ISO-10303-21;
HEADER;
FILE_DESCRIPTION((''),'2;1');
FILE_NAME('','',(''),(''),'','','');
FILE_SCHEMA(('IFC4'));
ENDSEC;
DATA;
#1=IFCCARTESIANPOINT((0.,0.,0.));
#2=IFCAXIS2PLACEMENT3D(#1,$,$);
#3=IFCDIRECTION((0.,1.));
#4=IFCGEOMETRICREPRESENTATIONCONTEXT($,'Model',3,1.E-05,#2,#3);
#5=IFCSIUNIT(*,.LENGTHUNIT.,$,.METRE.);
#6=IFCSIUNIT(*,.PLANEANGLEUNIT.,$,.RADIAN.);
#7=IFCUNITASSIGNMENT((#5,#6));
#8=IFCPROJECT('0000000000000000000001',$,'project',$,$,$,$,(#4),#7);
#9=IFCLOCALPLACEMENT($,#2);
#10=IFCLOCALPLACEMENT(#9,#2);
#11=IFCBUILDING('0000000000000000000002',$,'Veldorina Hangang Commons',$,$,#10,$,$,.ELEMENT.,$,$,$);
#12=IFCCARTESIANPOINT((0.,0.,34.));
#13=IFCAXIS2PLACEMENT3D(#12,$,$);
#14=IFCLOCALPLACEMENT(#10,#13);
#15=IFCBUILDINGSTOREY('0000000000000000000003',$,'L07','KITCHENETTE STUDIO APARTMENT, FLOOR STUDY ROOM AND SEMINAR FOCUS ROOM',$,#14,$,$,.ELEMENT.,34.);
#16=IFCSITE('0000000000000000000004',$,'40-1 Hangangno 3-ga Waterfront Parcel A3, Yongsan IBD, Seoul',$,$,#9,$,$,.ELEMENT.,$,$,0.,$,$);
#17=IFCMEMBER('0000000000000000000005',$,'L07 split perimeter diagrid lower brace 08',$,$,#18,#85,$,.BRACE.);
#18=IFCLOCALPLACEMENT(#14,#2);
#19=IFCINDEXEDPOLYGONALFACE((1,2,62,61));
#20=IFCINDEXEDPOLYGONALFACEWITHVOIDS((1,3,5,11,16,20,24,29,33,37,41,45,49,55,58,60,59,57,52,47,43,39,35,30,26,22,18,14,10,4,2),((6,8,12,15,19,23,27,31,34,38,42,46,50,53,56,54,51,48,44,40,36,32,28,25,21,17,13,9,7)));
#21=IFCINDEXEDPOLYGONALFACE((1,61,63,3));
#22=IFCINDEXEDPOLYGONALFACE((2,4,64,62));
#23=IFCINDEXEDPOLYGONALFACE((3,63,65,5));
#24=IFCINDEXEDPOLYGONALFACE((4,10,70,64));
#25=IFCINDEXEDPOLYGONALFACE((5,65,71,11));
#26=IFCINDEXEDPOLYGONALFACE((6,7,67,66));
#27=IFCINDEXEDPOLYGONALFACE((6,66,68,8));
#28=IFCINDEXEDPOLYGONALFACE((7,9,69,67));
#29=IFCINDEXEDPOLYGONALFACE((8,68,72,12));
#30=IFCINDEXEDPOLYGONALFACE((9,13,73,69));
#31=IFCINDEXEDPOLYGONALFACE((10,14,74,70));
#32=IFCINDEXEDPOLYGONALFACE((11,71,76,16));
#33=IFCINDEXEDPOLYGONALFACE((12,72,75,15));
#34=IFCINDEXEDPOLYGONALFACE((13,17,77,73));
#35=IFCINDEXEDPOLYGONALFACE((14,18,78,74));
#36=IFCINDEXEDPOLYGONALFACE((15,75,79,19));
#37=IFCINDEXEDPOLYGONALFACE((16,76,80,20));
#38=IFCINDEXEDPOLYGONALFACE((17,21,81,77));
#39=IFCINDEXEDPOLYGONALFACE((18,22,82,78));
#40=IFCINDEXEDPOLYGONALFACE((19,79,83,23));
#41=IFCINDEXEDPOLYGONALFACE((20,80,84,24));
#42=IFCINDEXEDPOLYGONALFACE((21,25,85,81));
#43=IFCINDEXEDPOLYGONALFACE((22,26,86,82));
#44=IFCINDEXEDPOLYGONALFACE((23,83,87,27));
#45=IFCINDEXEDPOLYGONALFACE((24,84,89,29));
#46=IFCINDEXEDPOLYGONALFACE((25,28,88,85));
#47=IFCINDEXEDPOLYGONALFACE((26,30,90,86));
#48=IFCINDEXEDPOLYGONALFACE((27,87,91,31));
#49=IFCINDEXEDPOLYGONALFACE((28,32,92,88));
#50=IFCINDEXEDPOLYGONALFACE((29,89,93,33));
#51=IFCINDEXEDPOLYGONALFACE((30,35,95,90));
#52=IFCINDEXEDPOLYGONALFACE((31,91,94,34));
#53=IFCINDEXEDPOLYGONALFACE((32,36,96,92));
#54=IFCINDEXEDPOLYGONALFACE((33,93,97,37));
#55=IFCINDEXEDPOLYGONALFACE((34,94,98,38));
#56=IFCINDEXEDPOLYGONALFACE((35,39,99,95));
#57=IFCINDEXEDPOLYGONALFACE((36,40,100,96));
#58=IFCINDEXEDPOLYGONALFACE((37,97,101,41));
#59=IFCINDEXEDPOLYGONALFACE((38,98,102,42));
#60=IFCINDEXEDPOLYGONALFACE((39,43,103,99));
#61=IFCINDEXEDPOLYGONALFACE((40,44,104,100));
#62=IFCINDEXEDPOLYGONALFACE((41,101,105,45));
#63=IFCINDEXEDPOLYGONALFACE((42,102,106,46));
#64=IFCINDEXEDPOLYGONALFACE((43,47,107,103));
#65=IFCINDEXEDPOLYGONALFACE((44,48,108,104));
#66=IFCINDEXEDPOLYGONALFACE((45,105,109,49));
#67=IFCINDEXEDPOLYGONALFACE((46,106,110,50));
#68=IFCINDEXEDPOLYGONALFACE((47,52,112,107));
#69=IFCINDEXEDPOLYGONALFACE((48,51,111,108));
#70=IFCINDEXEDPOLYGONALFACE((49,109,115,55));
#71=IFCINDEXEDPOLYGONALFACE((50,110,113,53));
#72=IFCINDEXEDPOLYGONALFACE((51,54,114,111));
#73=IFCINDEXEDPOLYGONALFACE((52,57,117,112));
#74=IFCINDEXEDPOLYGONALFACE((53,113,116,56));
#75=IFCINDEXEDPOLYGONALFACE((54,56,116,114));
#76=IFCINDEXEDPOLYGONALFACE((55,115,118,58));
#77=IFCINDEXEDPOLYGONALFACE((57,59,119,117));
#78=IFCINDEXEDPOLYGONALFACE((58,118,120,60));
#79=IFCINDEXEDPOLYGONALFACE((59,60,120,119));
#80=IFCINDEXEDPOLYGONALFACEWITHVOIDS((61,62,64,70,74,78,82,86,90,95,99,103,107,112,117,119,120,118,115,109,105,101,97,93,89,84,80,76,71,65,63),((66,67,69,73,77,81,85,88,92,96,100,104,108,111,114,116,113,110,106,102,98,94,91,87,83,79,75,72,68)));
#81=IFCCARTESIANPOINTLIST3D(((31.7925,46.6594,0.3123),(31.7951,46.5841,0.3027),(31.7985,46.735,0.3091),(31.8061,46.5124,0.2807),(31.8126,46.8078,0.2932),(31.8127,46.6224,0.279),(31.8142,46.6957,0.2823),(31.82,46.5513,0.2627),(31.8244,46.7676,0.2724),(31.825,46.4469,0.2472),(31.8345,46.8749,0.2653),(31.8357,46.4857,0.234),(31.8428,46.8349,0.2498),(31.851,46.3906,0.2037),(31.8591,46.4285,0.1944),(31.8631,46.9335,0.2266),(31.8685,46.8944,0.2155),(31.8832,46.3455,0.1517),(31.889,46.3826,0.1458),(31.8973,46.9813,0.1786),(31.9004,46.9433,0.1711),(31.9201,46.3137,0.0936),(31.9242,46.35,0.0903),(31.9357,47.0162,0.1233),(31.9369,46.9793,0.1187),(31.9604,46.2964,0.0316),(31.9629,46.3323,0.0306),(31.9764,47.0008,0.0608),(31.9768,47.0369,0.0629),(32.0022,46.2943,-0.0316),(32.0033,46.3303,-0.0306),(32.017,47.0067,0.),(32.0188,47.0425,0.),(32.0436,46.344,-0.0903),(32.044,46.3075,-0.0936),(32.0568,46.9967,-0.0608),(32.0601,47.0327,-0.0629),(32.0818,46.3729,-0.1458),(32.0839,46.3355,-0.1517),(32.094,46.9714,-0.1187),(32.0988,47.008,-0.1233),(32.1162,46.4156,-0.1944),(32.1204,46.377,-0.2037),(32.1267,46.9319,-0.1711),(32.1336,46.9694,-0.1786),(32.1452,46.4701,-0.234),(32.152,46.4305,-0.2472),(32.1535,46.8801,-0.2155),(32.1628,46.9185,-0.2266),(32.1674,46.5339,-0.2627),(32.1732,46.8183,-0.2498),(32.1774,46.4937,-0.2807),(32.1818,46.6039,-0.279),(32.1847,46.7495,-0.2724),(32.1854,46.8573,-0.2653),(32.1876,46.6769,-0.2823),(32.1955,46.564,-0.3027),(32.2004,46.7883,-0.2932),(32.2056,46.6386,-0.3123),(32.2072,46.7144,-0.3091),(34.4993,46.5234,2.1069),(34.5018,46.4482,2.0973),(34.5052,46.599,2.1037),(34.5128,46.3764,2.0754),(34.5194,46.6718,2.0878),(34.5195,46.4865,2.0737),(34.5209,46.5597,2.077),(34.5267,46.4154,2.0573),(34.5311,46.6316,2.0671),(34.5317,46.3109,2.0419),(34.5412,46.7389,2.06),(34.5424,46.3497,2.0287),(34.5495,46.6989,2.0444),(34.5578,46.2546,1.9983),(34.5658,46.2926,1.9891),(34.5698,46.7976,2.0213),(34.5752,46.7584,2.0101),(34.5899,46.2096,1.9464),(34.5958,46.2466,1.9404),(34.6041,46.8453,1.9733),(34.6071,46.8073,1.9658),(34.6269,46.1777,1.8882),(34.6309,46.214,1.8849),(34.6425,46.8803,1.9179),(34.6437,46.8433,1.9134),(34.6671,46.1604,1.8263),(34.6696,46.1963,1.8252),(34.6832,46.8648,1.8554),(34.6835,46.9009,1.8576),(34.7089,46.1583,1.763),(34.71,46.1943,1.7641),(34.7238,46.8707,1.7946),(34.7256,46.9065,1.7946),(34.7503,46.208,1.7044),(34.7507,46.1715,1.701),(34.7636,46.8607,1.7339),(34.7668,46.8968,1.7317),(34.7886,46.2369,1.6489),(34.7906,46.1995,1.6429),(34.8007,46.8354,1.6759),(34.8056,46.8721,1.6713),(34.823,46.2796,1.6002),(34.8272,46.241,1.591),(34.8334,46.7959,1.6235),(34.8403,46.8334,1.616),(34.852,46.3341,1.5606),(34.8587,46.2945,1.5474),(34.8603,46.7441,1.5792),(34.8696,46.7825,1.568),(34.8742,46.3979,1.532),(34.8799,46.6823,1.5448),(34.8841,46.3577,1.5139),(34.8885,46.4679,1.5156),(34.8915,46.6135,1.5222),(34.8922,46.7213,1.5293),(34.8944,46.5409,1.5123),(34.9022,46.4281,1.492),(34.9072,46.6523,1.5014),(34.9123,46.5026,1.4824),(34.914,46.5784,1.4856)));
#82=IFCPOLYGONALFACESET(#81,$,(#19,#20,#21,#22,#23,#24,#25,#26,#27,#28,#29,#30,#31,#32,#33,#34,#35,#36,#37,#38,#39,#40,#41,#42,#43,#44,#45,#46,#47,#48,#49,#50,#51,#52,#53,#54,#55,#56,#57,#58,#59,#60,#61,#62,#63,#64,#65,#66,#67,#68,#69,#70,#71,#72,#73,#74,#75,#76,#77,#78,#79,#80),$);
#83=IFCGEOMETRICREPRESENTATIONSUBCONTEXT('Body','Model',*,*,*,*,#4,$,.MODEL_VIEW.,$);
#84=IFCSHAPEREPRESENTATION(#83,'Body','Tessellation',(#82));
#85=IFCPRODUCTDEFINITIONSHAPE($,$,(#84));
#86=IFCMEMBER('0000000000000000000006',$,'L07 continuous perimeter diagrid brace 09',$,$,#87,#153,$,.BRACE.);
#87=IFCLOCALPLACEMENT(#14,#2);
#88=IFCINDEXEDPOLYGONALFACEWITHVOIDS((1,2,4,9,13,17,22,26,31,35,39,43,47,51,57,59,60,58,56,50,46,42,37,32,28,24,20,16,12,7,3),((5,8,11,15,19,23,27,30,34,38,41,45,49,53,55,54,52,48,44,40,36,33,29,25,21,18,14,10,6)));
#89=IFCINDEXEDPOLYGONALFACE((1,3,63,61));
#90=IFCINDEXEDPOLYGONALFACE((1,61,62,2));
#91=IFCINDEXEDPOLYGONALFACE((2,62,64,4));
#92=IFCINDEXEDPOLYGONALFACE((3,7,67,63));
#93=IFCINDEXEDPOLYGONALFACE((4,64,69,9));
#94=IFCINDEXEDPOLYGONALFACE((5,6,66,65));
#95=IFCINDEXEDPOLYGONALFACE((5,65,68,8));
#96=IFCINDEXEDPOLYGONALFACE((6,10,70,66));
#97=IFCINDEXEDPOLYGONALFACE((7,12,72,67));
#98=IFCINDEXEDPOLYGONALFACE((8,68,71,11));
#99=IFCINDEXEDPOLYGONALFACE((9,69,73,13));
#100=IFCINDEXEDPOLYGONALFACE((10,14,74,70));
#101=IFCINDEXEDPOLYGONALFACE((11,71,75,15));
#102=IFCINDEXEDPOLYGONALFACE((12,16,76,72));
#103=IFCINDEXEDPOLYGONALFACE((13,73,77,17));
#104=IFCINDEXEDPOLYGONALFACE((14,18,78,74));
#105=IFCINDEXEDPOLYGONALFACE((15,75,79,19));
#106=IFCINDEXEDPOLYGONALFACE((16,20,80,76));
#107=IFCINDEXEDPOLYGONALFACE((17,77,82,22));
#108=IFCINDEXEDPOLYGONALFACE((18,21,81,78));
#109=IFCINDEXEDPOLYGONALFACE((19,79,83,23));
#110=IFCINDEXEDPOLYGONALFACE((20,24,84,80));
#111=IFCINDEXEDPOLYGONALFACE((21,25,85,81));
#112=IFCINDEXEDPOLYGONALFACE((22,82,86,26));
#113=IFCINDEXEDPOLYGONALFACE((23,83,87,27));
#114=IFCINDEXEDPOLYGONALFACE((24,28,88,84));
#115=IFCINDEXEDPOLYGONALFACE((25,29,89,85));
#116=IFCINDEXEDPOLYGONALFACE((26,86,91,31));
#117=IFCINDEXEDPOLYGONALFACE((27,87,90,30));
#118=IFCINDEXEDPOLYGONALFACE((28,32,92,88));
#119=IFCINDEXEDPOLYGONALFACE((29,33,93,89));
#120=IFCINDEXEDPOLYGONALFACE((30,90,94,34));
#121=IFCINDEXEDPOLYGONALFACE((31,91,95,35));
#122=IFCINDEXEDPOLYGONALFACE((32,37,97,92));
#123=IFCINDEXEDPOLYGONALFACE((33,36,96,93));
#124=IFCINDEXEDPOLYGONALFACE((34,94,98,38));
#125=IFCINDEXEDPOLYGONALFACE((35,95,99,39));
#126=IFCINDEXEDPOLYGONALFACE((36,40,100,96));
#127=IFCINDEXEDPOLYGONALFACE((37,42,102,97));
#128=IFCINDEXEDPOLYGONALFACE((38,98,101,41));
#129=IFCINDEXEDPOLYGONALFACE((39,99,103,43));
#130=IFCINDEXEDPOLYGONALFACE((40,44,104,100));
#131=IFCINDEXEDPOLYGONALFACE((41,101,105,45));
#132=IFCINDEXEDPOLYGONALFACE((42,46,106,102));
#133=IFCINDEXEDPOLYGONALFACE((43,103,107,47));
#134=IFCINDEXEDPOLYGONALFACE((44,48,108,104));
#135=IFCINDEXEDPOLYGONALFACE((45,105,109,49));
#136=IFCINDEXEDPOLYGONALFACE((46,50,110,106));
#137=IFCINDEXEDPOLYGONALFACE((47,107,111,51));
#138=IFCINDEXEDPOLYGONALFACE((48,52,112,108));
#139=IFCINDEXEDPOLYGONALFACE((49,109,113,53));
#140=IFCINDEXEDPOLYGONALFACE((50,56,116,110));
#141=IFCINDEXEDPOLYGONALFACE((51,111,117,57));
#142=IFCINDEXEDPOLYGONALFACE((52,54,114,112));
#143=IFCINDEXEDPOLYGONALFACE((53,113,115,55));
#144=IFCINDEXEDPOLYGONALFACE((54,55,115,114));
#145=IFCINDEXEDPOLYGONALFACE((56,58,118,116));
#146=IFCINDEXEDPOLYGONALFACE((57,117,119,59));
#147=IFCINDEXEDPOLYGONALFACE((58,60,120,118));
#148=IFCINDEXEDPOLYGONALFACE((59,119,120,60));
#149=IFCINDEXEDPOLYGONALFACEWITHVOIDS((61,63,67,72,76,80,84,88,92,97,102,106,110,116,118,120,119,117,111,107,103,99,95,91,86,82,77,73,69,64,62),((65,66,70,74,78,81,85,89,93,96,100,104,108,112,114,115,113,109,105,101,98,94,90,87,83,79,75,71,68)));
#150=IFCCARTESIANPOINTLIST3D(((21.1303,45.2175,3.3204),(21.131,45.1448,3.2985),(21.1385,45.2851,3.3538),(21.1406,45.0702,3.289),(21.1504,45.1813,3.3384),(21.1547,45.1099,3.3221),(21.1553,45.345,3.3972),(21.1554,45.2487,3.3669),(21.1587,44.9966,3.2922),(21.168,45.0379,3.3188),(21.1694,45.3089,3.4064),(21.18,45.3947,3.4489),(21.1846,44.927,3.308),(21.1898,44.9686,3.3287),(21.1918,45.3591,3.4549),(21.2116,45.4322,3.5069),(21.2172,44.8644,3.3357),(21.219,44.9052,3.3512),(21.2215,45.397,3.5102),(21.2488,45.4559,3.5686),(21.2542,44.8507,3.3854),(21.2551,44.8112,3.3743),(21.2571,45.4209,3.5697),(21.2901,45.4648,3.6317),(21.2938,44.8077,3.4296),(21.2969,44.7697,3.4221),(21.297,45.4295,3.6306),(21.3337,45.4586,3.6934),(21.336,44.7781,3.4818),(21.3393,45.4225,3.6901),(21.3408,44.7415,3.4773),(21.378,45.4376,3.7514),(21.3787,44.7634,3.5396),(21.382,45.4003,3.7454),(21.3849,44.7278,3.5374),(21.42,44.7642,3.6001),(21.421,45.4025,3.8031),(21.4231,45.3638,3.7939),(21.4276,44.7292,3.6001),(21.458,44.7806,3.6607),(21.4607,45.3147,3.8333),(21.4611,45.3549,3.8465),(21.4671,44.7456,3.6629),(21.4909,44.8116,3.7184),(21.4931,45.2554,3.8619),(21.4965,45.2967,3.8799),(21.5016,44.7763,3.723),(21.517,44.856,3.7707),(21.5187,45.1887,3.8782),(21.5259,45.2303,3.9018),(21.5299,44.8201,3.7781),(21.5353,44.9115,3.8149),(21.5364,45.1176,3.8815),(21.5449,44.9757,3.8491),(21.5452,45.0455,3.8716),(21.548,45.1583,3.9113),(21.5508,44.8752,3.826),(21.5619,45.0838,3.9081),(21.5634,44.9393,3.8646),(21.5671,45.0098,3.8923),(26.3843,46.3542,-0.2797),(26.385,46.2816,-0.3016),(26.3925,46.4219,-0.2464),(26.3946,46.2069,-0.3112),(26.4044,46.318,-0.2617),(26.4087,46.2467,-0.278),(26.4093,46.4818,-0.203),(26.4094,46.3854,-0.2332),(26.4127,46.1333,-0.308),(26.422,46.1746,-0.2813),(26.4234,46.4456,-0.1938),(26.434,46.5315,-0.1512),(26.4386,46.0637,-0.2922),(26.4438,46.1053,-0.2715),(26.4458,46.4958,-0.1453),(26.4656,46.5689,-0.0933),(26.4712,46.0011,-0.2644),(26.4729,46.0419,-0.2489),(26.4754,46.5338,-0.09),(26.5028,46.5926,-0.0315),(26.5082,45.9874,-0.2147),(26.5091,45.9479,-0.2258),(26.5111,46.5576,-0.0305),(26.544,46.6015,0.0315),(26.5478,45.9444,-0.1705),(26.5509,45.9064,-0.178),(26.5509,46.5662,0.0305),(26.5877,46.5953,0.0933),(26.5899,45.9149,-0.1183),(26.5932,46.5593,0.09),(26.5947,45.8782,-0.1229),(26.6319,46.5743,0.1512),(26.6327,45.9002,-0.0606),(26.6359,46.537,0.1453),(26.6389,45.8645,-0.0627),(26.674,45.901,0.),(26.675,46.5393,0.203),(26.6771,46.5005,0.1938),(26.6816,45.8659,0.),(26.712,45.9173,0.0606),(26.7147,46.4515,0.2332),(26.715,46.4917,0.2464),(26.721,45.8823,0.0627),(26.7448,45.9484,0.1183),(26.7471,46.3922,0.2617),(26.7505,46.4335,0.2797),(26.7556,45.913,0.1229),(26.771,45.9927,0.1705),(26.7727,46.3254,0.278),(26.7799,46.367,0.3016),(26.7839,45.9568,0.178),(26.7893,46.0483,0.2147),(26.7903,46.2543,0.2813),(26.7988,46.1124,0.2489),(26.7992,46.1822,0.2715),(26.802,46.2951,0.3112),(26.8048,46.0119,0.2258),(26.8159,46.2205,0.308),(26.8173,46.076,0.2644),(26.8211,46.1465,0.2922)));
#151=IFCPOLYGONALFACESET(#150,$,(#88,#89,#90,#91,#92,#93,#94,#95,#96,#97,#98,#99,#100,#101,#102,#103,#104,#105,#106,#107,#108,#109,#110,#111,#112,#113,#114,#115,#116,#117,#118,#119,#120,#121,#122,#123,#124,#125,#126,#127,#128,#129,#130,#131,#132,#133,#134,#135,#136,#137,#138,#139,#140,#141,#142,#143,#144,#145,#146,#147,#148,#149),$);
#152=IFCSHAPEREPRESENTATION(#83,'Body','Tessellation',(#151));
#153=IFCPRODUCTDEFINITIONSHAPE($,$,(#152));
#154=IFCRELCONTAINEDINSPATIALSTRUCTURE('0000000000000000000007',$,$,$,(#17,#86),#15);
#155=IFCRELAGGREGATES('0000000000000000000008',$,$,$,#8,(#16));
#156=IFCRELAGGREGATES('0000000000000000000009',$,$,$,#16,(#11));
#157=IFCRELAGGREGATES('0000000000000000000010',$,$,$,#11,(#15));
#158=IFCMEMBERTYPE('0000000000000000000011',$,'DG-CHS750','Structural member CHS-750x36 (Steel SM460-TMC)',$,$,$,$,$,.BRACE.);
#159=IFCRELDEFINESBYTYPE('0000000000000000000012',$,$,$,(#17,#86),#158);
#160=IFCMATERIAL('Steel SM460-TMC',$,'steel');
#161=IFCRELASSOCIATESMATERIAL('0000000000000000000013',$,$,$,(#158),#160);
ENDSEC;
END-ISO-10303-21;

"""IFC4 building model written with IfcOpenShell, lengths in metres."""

from ifc_helpers import new_model, si_unit, direction, frame, origin, origin_2d, place, context, subcontext, project, spatial, hollow_circle, extrude, material, material_profile, profile_set, type_object, element, save


model = new_model("IFC4")

# Units and contexts
model_context = context("Model", 3, precision=1e-05, world=origin(), true_north=direction((0.0, 1.0)))
body_context = subcontext(model_context, "Body", "Model", "MODEL_VIEW")
ifc_project = project(units=[si_unit("LENGTHUNIT", "METRE"), si_unit("PLANEANGLEUNIT", "RADIAN")], contexts=[model_context])

# Site, building, storey
site_placement = place(None, origin())
site = spatial("IfcSite", under=ifc_project, at=site_placement, Name="40-1 Hangangno 3-ga Waterfront Parcel A3, Yongsan IBD, Seoul", CompositionType="ELEMENT", RefElevation=0.0)
building_placement = place(site_placement, origin())
building = spatial("IfcBuilding", under=site, at=building_placement, Name="Veldorina Hangang Commons", CompositionType="ELEMENT")
storey_placement = place(building_placement, frame((0.0, 0.0, 34.0)))
storey = spatial("IfcBuildingStorey", under=building, at=storey_placement, Name="L07", Description="KITCHENETTE STUDIO APARTMENT, FLOOR STUDY ROOM AND SEMINAR FOCUS ROOM", CompositionType="ELEMENT", Elevation=34.0)

# Shared definitions
ifc_material_1 = material(Name="Steel SM460-TMC", Category="steel")

# Members
ifc_material_profile_1 = material_profile(ifc_material_1, hollow_circle(Radius=0.375, WallThickness=0.0359, at=origin_2d()), Name="CHS-750x36")
ifc_profile_set_1 = profile_set([ifc_material_profile_1], Name="Steel SM460-TMC")
member_type = type_object("IfcMemberType", Name="DG-CHS750", Description="Structural member CHS-750x36 (Steel SM460-TMC)", PredefinedType="BRACE", material=ifc_profile_set_1)
member_1_placement = place(storey_placement, frame((32.0, 46.668, 0.0), z_axis=(0.832717, -0.041835, 0.552116), x_axis=(0.050176, 0.99874, 0.0)))
element("IfcMember", 1, at=member_1_placement, inside=storey, type_object=member_type, Name="L07 split perimeter diagrid lower brace 08", PredefinedType="BRACE", context=body_context, shape_type="SweptSolid", body=[
    extrude(hollow_circle(Radius=0.375, WallThickness=0.0359, at=origin_2d()), origin(), (0.0, 0.0, 1.0), 3.2505),
])
member_2_placement = place(storey_placement, frame((26.6023, 46.2324, 0.0), z_axis=(-0.812085, -0.1757, 0.556459), x_axis=(0.211464, -0.977386, 0.0)))
element("IfcMember", 2, at=member_2_placement, inside=storey, type_object=member_type, Name="L07 continuous perimeter diagrid brace 09", PredefinedType="BRACE", context=body_context, shape_type="SweptSolid", body=[
    extrude(hollow_circle(Radius=0.375, WallThickness=0.0359, at=origin_2d()), origin(), (0.0, 0.0, 1.0), 6.4697),
])

save(model, "model.ifc")
